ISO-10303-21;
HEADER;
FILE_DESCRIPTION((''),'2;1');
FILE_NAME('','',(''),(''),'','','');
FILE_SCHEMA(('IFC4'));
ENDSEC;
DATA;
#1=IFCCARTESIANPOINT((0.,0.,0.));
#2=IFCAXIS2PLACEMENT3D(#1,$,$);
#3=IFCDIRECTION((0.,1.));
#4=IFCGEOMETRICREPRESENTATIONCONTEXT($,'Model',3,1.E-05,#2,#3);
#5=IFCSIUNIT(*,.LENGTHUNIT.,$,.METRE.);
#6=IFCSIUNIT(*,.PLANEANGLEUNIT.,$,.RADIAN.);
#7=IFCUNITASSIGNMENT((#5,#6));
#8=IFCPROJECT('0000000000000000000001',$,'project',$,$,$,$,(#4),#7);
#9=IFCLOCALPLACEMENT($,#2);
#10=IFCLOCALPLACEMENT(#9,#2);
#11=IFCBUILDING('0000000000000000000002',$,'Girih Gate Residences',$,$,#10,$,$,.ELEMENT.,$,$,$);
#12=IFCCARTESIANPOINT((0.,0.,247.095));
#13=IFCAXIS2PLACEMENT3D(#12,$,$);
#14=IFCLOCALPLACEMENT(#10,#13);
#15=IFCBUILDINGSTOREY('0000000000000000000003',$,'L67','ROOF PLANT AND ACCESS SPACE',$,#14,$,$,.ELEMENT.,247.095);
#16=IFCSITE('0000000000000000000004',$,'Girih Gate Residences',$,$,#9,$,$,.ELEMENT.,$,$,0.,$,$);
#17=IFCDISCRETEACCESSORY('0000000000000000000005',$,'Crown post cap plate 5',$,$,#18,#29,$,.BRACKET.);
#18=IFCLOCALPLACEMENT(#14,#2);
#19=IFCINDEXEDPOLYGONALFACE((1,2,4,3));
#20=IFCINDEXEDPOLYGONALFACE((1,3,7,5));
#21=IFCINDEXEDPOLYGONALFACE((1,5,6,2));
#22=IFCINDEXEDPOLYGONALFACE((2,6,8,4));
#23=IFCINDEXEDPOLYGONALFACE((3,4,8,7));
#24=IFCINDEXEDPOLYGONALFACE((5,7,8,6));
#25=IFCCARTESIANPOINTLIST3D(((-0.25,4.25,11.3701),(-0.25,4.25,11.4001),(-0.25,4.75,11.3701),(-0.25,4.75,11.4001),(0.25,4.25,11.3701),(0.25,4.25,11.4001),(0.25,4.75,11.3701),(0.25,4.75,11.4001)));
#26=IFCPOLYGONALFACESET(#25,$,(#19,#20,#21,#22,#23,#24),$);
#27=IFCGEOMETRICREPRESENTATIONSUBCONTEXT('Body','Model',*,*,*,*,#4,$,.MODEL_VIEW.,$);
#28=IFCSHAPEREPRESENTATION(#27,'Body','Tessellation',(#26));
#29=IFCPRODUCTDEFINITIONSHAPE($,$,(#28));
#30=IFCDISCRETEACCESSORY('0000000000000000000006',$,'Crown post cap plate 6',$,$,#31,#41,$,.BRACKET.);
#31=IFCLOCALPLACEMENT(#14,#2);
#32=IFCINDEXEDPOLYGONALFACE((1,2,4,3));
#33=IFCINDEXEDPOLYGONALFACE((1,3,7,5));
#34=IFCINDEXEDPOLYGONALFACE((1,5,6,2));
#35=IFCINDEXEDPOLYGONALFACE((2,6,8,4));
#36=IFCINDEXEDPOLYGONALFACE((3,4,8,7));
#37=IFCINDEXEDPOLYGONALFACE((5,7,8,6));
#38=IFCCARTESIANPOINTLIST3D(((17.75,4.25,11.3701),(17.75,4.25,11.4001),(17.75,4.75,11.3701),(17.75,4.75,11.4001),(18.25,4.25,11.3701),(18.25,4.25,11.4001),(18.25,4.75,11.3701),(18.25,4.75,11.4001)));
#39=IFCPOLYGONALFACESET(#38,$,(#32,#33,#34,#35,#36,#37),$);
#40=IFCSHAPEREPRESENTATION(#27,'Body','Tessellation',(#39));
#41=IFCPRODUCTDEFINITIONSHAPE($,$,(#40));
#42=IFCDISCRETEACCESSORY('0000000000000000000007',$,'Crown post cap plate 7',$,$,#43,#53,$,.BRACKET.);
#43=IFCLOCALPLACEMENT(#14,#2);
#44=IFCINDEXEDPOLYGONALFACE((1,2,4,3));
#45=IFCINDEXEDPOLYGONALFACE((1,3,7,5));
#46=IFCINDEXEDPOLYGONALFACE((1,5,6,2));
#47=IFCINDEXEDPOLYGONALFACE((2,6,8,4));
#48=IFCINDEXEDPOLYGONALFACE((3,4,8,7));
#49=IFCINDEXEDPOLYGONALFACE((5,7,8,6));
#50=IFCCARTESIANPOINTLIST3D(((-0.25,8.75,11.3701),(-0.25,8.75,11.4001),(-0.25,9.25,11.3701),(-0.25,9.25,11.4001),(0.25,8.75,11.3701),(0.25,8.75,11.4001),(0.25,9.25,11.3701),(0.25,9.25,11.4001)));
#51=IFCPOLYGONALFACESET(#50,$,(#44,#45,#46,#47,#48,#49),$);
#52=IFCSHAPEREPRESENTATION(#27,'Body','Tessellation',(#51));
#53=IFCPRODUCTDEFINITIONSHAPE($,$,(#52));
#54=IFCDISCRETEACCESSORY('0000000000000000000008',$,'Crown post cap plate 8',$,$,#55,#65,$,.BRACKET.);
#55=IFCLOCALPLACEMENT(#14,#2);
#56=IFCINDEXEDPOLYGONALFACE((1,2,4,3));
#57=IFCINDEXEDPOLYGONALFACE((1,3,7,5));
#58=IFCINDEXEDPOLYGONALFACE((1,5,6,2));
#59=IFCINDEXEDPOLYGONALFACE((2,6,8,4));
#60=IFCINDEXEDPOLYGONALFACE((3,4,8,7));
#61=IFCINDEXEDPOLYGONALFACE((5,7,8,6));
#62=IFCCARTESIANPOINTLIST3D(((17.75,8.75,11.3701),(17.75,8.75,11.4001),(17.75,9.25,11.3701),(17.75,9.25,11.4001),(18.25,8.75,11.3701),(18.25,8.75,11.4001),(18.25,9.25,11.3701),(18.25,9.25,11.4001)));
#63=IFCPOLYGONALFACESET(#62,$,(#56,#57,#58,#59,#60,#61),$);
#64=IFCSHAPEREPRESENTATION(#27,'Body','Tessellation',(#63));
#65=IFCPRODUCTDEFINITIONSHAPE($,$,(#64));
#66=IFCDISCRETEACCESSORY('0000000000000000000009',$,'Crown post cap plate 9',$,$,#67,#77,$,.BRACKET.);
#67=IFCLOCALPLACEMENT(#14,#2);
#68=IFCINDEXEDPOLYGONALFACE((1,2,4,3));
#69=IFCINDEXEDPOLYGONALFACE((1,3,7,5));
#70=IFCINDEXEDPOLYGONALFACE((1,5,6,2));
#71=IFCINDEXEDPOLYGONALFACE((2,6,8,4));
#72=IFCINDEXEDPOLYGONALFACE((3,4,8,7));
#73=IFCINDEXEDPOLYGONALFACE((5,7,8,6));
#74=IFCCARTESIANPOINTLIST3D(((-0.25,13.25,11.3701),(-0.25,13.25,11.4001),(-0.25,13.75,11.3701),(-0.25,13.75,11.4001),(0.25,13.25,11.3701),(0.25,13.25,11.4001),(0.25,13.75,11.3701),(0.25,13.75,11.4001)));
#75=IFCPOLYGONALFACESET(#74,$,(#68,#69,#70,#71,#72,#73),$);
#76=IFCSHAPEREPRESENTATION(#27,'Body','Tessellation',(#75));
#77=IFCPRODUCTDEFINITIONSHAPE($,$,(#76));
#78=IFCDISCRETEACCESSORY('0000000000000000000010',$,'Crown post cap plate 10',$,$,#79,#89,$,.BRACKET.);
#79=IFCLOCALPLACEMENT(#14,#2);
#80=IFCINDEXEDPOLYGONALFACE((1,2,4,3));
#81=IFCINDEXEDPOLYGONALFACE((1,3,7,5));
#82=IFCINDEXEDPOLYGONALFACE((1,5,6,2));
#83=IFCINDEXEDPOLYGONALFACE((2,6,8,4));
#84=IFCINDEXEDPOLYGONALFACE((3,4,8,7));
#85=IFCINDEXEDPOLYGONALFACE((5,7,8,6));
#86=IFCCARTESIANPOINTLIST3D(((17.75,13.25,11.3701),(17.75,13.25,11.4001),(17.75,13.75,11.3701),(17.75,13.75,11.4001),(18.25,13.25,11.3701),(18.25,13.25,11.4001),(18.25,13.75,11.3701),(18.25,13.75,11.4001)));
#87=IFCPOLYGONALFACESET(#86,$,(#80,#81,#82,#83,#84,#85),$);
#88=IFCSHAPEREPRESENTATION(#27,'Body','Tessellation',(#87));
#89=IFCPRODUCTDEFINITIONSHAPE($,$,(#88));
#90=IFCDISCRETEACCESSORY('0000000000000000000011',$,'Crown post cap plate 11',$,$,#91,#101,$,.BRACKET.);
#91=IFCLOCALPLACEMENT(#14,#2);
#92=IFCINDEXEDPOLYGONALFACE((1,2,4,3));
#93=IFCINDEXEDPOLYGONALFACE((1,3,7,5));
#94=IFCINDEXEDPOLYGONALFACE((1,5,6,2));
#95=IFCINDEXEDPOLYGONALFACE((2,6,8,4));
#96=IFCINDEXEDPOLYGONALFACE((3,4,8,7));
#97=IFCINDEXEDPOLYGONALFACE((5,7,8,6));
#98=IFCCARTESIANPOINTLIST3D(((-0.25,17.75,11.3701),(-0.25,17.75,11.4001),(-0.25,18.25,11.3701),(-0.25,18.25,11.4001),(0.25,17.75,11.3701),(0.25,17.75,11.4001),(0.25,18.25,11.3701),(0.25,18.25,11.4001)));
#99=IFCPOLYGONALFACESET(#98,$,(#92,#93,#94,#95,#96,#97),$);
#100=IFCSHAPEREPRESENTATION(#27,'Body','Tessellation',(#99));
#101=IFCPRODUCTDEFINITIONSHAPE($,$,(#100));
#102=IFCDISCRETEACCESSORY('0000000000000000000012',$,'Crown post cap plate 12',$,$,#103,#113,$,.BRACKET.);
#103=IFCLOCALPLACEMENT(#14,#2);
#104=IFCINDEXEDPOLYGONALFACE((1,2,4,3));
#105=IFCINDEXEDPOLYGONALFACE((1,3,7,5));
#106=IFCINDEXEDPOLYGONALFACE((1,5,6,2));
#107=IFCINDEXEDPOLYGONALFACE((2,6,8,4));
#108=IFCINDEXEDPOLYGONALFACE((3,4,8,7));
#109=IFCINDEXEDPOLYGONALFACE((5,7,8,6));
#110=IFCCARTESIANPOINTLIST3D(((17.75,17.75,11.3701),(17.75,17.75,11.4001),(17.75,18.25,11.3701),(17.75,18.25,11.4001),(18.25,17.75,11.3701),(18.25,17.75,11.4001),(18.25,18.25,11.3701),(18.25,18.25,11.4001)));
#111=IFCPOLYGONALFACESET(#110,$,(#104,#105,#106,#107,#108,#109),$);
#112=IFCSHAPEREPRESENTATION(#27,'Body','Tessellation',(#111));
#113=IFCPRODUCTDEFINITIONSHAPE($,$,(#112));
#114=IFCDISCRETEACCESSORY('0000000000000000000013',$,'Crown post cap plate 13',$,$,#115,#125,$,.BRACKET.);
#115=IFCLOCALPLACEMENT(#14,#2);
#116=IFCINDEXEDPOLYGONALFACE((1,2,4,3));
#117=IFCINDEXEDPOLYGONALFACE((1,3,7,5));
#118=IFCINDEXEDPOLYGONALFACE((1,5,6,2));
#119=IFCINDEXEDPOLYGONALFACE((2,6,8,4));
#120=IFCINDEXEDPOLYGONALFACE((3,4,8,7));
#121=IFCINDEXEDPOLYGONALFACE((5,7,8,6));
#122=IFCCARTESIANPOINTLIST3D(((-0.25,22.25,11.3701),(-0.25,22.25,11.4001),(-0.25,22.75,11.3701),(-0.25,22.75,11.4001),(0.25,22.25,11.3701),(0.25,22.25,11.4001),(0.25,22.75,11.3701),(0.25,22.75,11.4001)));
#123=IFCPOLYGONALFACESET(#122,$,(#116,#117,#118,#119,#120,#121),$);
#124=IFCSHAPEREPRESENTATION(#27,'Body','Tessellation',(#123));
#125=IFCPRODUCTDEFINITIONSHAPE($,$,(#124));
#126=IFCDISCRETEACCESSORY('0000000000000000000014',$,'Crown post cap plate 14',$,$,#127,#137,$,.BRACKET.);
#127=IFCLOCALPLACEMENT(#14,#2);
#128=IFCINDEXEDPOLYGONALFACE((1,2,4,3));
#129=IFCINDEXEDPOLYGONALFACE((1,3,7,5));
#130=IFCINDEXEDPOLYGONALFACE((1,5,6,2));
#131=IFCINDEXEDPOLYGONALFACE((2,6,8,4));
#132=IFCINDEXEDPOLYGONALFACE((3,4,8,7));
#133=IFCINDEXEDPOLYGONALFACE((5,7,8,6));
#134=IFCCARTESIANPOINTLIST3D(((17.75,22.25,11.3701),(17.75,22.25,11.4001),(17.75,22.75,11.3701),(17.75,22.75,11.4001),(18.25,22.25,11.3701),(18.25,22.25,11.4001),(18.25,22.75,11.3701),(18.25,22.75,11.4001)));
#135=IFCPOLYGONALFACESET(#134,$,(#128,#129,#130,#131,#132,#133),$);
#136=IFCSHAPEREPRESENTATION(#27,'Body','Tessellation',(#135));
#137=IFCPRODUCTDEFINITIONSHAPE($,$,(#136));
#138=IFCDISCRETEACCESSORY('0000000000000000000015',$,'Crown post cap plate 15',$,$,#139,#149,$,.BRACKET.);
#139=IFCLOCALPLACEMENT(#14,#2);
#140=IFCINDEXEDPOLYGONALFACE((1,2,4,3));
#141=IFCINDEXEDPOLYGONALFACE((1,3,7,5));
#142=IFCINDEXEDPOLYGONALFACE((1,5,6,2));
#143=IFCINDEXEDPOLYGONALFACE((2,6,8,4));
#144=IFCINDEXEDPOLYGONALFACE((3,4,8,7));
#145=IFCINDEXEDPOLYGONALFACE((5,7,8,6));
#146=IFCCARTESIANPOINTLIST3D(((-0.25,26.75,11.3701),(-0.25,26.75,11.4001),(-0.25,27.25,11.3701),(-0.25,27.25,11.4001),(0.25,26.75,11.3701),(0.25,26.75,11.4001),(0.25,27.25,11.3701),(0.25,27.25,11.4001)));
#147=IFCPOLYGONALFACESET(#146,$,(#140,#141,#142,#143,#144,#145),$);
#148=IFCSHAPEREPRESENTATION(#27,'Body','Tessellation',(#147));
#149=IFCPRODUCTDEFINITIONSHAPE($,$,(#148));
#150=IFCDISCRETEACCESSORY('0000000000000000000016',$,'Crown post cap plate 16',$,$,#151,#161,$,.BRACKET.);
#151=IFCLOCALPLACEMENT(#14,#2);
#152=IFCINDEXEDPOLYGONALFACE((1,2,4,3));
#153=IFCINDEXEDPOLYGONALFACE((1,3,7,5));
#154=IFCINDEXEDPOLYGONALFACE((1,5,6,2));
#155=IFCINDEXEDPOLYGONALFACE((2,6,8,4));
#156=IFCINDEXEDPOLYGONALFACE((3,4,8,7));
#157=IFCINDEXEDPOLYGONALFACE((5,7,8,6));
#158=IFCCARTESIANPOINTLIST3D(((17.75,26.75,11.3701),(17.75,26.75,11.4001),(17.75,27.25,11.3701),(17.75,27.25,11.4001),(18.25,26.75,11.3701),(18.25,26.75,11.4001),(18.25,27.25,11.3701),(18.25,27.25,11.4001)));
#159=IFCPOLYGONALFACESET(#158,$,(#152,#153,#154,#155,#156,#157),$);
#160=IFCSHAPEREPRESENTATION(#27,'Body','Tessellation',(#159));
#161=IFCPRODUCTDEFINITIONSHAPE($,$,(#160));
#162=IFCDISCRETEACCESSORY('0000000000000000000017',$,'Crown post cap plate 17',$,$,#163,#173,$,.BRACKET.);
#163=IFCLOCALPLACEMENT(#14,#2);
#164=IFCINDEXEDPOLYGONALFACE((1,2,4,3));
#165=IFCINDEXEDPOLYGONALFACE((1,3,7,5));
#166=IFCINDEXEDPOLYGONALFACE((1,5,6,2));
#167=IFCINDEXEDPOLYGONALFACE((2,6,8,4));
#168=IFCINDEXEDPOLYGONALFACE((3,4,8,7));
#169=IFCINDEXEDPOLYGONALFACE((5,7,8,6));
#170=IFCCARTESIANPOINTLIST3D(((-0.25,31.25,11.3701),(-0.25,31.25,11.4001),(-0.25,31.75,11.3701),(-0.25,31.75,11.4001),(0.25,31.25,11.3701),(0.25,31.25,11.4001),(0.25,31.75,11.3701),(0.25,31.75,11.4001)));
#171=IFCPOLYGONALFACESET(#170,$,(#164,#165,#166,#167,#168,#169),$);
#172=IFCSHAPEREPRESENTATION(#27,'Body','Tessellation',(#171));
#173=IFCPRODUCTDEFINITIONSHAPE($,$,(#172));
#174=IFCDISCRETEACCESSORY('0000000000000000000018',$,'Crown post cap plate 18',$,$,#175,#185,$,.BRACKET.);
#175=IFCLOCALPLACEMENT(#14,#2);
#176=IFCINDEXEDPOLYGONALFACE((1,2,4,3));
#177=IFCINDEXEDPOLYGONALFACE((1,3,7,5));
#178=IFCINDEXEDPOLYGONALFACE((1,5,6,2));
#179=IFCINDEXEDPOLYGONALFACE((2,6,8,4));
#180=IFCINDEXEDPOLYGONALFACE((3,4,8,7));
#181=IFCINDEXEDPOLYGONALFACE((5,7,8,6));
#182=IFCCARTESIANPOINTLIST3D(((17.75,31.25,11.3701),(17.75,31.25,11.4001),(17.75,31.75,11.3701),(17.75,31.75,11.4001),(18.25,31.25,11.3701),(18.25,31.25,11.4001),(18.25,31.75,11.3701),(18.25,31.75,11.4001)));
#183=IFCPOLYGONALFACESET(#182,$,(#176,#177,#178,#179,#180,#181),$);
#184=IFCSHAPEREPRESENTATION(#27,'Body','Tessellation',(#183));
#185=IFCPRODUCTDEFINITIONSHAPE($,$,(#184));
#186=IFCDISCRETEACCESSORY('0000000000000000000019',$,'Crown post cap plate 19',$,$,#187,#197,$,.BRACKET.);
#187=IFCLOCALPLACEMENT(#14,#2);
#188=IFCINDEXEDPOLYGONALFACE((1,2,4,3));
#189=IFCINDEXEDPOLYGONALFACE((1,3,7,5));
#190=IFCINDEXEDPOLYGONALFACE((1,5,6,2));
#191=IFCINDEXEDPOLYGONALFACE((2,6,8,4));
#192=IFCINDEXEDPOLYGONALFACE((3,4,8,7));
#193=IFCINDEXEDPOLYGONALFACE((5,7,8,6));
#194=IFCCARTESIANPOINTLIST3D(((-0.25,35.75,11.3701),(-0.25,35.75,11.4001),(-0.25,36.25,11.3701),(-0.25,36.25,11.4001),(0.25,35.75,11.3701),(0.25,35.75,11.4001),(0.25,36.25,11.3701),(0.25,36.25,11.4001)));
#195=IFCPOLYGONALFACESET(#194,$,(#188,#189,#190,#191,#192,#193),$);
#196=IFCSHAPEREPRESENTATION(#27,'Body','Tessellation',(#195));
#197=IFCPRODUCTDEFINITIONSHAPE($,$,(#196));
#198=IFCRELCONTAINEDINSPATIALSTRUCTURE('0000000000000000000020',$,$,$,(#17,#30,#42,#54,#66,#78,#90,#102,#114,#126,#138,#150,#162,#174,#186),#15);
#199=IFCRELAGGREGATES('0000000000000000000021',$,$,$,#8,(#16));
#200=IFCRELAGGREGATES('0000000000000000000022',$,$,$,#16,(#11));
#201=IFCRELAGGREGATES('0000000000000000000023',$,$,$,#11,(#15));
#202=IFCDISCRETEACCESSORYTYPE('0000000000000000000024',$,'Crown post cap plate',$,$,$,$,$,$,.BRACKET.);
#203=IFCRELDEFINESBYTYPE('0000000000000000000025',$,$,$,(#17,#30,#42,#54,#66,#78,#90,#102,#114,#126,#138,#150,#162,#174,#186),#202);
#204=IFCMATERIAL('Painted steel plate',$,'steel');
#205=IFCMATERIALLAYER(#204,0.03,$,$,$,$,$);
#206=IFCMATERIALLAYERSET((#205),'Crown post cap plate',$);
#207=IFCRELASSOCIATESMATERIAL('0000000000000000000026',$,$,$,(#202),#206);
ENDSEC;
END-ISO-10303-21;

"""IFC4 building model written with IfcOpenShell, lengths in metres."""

from ifc_helpers import new_model, si_unit, direction, frame, origin, place, context, subcontext, project, spatial, polyline, outline, extrude, material, layer, layer_set, type_object, element, save


model = new_model("IFC4")

# Units and contexts
model_context = context("Model", 3, precision=1e-05, world=origin(), true_north=direction((0.0, 1.0)))
body_context = subcontext(model_context, "Body", "Model", "MODEL_VIEW")
ifc_project = project(units=[si_unit("LENGTHUNIT", "METRE"), si_unit("PLANEANGLEUNIT", "RADIAN")], contexts=[model_context])

# Site, building, storey
site_placement = place(None, origin())
site = spatial("IfcSite", under=ifc_project, at=site_placement, Name="Girih Gate Residences", CompositionType="ELEMENT", RefElevation=0.0)
building_placement = place(site_placement, origin())
building = spatial("IfcBuilding", under=site, at=building_placement, Name="Girih Gate Residences", CompositionType="ELEMENT")
storey_placement = place(building_placement, frame((0.0, 0.0, 247.095)))
storey = spatial("IfcBuildingStorey", under=building, at=storey_placement, Name="L67", Description="ROOF PLANT AND ACCESS SPACE", CompositionType="ELEMENT", Elevation=247.095)

# Discrete accessories
ifc_material = material(Name="Painted steel plate", Category="steel")
ifc_layer = layer(ifc_material, 0.03)
ifc_layer_set = layer_set([ifc_layer], Name="Crown post cap plate")
discrete_accessory_type = type_object("IfcDiscreteAccessoryType", Name="Crown post cap plate", PredefinedType="BRACKET", material=ifc_layer_set)
discrete_accessory_1_placement = place(storey_placement, frame((0.0, 0.0, 11.3701)))
element("IfcDiscreteAccessory", 1, at=discrete_accessory_1_placement, inside=storey, type_object=discrete_accessory_type, Name="Crown post cap plate 5", PredefinedType="BRACKET", context=body_context, shape_type="SweptSolid", body=[
    extrude(outline(polyline([(-0.25, 4.25), (0.25, 4.25), (0.25, 4.75), (-0.25, 4.75), (-0.25, 4.25)])), origin(), (0.0, 0.0, 1.0), 0.03),
])
discrete_accessory_2_placement = place(storey_placement, frame((0.0, 0.0, 11.3701)))
element("IfcDiscreteAccessory", 2, at=discrete_accessory_2_placement, inside=storey, type_object=discrete_accessory_type, Name="Crown post cap plate 6", PredefinedType="BRACKET", context=body_context, shape_type="SweptSolid", body=[
    extrude(outline(polyline([(17.75, 4.25), (18.25, 4.25), (18.25, 4.75), (17.75, 4.75), (17.75, 4.25)])), origin(), (0.0, 0.0, 1.0), 0.03),
])
discrete_accessory_3_placement = place(storey_placement, frame((0.0, 0.0, 11.3701)))
element("IfcDiscreteAccessory", 3, at=discrete_accessory_3_placement, inside=storey, type_object=discrete_accessory_type, Name="Crown post cap plate 7", PredefinedType="BRACKET", context=body_context, shape_type="SweptSolid", body=[
    extrude(outline(polyline([(-0.25, 8.75), (0.25, 8.75), (0.25, 9.25), (-0.25, 9.25), (-0.25, 8.75)])), origin(), (0.0, 0.0, 1.0), 0.03),
])
discrete_accessory_4_placement = place(storey_placement, frame((0.0, 0.0, 11.3701)))
element("IfcDiscreteAccessory", 4, at=discrete_accessory_4_placement, inside=storey, type_object=discrete_accessory_type, Name="Crown post cap plate 8", PredefinedType="BRACKET", context=body_context, shape_type="SweptSolid", body=[
    extrude(outline(polyline([(17.75, 8.75), (18.25, 8.75), (18.25, 9.25), (17.75, 9.25), (17.75, 8.75)])), origin(), (0.0, 0.0, 1.0), 0.03),
])
discrete_accessory_5_placement = place(storey_placement, frame((0.0, 0.0, 11.3701)))
element("IfcDiscreteAccessory", 5, at=discrete_accessory_5_placement, inside=storey, type_object=discrete_accessory_type, Name="Crown post cap plate 9", PredefinedType="BRACKET", context=body_context, shape_type="SweptSolid", body=[
    extrude(outline(polyline([(-0.25, 13.25), (0.25, 13.25), (0.25, 13.75), (-0.25, 13.75), (-0.25, 13.25)])), origin(), (0.0, 0.0, 1.0), 0.03),
])
discrete_accessory_6_placement = place(storey_placement, frame((0.0, 0.0, 11.3701)))
element("IfcDiscreteAccessory", 6, at=discrete_accessory_6_placement, inside=storey, type_object=discrete_accessory_type, Name="Crown post cap plate 10", PredefinedType="BRACKET", context=body_context, shape_type="SweptSolid", body=[
    extrude(outline(polyline([(17.75, 13.25), (18.25, 13.25), (18.25, 13.75), (17.75, 13.75), (17.75, 13.25)])), origin(), (0.0, 0.0, 1.0), 0.03),
])
discrete_accessory_7_placement = place(storey_placement, frame((0.0, 0.0, 11.3701)))
element("IfcDiscreteAccessory", 7, at=discrete_accessory_7_placement, inside=storey, type_object=discrete_accessory_type, Name="Crown post cap plate 11", PredefinedType="BRACKET", context=body_context, shape_type="SweptSolid", body=[
    extrude(outline(polyline([(-0.25, 17.75), (0.25, 17.75), (0.25, 18.25), (-0.25, 18.25), (-0.25, 17.75)])), origin(), (0.0, 0.0, 1.0), 0.03),
])
discrete_accessory_8_placement = place(storey_placement, frame((0.0, 0.0, 11.3701)))
element("IfcDiscreteAccessory", 8, at=discrete_accessory_8_placement, inside=storey, type_object=discrete_accessory_type, Name="Crown post cap plate 12", PredefinedType="BRACKET", context=body_context, shape_type="SweptSolid", body=[
    extrude(outline(polyline([(17.75, 17.75), (18.25, 17.75), (18.25, 18.25), (17.75, 18.25), (17.75, 17.75)])), origin(), (0.0, 0.0, 1.0), 0.03),
])
discrete_accessory_9_placement = place(storey_placement, frame((0.0, 0.0, 11.3701)))
element("IfcDiscreteAccessory", 9, at=discrete_accessory_9_placement, inside=storey, type_object=discrete_accessory_type, Name="Crown post cap plate 13", PredefinedType="BRACKET", context=body_context, shape_type="SweptSolid", body=[
    extrude(outline(polyline([(-0.25, 22.25), (0.25, 22.25), (0.25, 22.75), (-0.25, 22.75), (-0.25, 22.25)])), origin(), (0.0, 0.0, 1.0), 0.03),
])
discrete_accessory_10_placement = place(storey_placement, frame((0.0, 0.0, 11.3701)))
element("IfcDiscreteAccessory", 10, at=discrete_accessory_10_placement, inside=storey, type_object=discrete_accessory_type, Name="Crown post cap plate 14", PredefinedType="BRACKET", context=body_context, shape_type="SweptSolid", body=[
    extrude(outline(polyline([(17.75, 22.25), (18.25, 22.25), (18.25, 22.75), (17.75, 22.75), (17.75, 22.25)])), origin(), (0.0, 0.0, 1.0), 0.03),
])
discrete_accessory_11_placement = place(storey_placement, frame((0.0, 0.0, 11.3701)))
element("IfcDiscreteAccessory", 11, at=discrete_accessory_11_placement, inside=storey, type_object=discrete_accessory_type, Name="Crown post cap plate 15", PredefinedType="BRACKET", context=body_context, shape_type="SweptSolid", body=[
    extrude(outline(polyline([(-0.25, 26.75), (0.25, 26.75), (0.25, 27.25), (-0.25, 27.25), (-0.25, 26.75)])), origin(), (0.0, 0.0, 1.0), 0.03),
])
discrete_accessory_12_placement = place(storey_placement, frame((0.0, 0.0, 11.3701)))
element("IfcDiscreteAccessory", 12, at=discrete_accessory_12_placement, inside=storey, type_object=discrete_accessory_type, Name="Crown post cap plate 16", PredefinedType="BRACKET", context=body_context, shape_type="SweptSolid", body=[
    extrude(outline(polyline([(17.75, 26.75), (18.25, 26.75), (18.25, 27.25), (17.75, 27.25), (17.75, 26.75)])), origin(), (0.0, 0.0, 1.0), 0.03),
])
discrete_accessory_13_placement = place(storey_placement, frame((0.0, 0.0, 11.3701)))
element("IfcDiscreteAccessory", 13, at=discrete_accessory_13_placement, inside=storey, type_object=discrete_accessory_type, Name="Crown post cap plate 17", PredefinedType="BRACKET", context=body_context, shape_type="SweptSolid", body=[
    extrude(outline(polyline([(-0.25, 31.25), (0.25, 31.25), (0.25, 31.75), (-0.25, 31.75), (-0.25, 31.25)])), origin(), (0.0, 0.0, 1.0), 0.03),
])
discrete_accessory_14_placement = place(storey_placement, frame((0.0, 0.0, 11.3701)))
element("IfcDiscreteAccessory", 14, at=discrete_accessory_14_placement, inside=storey, type_object=discrete_accessory_type, Name="Crown post cap plate 18", PredefinedType="BRACKET", context=body_context, shape_type="SweptSolid", body=[
    extrude(outline(polyline([(17.75, 31.25), (18.25, 31.25), (18.25, 31.75), (17.75, 31.75), (17.75, 31.25)])), origin(), (0.0, 0.0, 1.0), 0.03),
])
discrete_accessory_15_placement = place(storey_placement, frame((0.0, 0.0, 11.3701)))
element("IfcDiscreteAccessory", 15, at=discrete_accessory_15_placement, inside=storey, type_object=discrete_accessory_type, Name="Crown post cap plate 19", PredefinedType="BRACKET", context=body_context, shape_type="SweptSolid", body=[
    extrude(outline(polyline([(-0.25, 35.75), (0.25, 35.75), (0.25, 36.25), (-0.25, 36.25), (-0.25, 35.75)])), origin(), (0.0, 0.0, 1.0), 0.03),
])

save(model, "model.ifc")
